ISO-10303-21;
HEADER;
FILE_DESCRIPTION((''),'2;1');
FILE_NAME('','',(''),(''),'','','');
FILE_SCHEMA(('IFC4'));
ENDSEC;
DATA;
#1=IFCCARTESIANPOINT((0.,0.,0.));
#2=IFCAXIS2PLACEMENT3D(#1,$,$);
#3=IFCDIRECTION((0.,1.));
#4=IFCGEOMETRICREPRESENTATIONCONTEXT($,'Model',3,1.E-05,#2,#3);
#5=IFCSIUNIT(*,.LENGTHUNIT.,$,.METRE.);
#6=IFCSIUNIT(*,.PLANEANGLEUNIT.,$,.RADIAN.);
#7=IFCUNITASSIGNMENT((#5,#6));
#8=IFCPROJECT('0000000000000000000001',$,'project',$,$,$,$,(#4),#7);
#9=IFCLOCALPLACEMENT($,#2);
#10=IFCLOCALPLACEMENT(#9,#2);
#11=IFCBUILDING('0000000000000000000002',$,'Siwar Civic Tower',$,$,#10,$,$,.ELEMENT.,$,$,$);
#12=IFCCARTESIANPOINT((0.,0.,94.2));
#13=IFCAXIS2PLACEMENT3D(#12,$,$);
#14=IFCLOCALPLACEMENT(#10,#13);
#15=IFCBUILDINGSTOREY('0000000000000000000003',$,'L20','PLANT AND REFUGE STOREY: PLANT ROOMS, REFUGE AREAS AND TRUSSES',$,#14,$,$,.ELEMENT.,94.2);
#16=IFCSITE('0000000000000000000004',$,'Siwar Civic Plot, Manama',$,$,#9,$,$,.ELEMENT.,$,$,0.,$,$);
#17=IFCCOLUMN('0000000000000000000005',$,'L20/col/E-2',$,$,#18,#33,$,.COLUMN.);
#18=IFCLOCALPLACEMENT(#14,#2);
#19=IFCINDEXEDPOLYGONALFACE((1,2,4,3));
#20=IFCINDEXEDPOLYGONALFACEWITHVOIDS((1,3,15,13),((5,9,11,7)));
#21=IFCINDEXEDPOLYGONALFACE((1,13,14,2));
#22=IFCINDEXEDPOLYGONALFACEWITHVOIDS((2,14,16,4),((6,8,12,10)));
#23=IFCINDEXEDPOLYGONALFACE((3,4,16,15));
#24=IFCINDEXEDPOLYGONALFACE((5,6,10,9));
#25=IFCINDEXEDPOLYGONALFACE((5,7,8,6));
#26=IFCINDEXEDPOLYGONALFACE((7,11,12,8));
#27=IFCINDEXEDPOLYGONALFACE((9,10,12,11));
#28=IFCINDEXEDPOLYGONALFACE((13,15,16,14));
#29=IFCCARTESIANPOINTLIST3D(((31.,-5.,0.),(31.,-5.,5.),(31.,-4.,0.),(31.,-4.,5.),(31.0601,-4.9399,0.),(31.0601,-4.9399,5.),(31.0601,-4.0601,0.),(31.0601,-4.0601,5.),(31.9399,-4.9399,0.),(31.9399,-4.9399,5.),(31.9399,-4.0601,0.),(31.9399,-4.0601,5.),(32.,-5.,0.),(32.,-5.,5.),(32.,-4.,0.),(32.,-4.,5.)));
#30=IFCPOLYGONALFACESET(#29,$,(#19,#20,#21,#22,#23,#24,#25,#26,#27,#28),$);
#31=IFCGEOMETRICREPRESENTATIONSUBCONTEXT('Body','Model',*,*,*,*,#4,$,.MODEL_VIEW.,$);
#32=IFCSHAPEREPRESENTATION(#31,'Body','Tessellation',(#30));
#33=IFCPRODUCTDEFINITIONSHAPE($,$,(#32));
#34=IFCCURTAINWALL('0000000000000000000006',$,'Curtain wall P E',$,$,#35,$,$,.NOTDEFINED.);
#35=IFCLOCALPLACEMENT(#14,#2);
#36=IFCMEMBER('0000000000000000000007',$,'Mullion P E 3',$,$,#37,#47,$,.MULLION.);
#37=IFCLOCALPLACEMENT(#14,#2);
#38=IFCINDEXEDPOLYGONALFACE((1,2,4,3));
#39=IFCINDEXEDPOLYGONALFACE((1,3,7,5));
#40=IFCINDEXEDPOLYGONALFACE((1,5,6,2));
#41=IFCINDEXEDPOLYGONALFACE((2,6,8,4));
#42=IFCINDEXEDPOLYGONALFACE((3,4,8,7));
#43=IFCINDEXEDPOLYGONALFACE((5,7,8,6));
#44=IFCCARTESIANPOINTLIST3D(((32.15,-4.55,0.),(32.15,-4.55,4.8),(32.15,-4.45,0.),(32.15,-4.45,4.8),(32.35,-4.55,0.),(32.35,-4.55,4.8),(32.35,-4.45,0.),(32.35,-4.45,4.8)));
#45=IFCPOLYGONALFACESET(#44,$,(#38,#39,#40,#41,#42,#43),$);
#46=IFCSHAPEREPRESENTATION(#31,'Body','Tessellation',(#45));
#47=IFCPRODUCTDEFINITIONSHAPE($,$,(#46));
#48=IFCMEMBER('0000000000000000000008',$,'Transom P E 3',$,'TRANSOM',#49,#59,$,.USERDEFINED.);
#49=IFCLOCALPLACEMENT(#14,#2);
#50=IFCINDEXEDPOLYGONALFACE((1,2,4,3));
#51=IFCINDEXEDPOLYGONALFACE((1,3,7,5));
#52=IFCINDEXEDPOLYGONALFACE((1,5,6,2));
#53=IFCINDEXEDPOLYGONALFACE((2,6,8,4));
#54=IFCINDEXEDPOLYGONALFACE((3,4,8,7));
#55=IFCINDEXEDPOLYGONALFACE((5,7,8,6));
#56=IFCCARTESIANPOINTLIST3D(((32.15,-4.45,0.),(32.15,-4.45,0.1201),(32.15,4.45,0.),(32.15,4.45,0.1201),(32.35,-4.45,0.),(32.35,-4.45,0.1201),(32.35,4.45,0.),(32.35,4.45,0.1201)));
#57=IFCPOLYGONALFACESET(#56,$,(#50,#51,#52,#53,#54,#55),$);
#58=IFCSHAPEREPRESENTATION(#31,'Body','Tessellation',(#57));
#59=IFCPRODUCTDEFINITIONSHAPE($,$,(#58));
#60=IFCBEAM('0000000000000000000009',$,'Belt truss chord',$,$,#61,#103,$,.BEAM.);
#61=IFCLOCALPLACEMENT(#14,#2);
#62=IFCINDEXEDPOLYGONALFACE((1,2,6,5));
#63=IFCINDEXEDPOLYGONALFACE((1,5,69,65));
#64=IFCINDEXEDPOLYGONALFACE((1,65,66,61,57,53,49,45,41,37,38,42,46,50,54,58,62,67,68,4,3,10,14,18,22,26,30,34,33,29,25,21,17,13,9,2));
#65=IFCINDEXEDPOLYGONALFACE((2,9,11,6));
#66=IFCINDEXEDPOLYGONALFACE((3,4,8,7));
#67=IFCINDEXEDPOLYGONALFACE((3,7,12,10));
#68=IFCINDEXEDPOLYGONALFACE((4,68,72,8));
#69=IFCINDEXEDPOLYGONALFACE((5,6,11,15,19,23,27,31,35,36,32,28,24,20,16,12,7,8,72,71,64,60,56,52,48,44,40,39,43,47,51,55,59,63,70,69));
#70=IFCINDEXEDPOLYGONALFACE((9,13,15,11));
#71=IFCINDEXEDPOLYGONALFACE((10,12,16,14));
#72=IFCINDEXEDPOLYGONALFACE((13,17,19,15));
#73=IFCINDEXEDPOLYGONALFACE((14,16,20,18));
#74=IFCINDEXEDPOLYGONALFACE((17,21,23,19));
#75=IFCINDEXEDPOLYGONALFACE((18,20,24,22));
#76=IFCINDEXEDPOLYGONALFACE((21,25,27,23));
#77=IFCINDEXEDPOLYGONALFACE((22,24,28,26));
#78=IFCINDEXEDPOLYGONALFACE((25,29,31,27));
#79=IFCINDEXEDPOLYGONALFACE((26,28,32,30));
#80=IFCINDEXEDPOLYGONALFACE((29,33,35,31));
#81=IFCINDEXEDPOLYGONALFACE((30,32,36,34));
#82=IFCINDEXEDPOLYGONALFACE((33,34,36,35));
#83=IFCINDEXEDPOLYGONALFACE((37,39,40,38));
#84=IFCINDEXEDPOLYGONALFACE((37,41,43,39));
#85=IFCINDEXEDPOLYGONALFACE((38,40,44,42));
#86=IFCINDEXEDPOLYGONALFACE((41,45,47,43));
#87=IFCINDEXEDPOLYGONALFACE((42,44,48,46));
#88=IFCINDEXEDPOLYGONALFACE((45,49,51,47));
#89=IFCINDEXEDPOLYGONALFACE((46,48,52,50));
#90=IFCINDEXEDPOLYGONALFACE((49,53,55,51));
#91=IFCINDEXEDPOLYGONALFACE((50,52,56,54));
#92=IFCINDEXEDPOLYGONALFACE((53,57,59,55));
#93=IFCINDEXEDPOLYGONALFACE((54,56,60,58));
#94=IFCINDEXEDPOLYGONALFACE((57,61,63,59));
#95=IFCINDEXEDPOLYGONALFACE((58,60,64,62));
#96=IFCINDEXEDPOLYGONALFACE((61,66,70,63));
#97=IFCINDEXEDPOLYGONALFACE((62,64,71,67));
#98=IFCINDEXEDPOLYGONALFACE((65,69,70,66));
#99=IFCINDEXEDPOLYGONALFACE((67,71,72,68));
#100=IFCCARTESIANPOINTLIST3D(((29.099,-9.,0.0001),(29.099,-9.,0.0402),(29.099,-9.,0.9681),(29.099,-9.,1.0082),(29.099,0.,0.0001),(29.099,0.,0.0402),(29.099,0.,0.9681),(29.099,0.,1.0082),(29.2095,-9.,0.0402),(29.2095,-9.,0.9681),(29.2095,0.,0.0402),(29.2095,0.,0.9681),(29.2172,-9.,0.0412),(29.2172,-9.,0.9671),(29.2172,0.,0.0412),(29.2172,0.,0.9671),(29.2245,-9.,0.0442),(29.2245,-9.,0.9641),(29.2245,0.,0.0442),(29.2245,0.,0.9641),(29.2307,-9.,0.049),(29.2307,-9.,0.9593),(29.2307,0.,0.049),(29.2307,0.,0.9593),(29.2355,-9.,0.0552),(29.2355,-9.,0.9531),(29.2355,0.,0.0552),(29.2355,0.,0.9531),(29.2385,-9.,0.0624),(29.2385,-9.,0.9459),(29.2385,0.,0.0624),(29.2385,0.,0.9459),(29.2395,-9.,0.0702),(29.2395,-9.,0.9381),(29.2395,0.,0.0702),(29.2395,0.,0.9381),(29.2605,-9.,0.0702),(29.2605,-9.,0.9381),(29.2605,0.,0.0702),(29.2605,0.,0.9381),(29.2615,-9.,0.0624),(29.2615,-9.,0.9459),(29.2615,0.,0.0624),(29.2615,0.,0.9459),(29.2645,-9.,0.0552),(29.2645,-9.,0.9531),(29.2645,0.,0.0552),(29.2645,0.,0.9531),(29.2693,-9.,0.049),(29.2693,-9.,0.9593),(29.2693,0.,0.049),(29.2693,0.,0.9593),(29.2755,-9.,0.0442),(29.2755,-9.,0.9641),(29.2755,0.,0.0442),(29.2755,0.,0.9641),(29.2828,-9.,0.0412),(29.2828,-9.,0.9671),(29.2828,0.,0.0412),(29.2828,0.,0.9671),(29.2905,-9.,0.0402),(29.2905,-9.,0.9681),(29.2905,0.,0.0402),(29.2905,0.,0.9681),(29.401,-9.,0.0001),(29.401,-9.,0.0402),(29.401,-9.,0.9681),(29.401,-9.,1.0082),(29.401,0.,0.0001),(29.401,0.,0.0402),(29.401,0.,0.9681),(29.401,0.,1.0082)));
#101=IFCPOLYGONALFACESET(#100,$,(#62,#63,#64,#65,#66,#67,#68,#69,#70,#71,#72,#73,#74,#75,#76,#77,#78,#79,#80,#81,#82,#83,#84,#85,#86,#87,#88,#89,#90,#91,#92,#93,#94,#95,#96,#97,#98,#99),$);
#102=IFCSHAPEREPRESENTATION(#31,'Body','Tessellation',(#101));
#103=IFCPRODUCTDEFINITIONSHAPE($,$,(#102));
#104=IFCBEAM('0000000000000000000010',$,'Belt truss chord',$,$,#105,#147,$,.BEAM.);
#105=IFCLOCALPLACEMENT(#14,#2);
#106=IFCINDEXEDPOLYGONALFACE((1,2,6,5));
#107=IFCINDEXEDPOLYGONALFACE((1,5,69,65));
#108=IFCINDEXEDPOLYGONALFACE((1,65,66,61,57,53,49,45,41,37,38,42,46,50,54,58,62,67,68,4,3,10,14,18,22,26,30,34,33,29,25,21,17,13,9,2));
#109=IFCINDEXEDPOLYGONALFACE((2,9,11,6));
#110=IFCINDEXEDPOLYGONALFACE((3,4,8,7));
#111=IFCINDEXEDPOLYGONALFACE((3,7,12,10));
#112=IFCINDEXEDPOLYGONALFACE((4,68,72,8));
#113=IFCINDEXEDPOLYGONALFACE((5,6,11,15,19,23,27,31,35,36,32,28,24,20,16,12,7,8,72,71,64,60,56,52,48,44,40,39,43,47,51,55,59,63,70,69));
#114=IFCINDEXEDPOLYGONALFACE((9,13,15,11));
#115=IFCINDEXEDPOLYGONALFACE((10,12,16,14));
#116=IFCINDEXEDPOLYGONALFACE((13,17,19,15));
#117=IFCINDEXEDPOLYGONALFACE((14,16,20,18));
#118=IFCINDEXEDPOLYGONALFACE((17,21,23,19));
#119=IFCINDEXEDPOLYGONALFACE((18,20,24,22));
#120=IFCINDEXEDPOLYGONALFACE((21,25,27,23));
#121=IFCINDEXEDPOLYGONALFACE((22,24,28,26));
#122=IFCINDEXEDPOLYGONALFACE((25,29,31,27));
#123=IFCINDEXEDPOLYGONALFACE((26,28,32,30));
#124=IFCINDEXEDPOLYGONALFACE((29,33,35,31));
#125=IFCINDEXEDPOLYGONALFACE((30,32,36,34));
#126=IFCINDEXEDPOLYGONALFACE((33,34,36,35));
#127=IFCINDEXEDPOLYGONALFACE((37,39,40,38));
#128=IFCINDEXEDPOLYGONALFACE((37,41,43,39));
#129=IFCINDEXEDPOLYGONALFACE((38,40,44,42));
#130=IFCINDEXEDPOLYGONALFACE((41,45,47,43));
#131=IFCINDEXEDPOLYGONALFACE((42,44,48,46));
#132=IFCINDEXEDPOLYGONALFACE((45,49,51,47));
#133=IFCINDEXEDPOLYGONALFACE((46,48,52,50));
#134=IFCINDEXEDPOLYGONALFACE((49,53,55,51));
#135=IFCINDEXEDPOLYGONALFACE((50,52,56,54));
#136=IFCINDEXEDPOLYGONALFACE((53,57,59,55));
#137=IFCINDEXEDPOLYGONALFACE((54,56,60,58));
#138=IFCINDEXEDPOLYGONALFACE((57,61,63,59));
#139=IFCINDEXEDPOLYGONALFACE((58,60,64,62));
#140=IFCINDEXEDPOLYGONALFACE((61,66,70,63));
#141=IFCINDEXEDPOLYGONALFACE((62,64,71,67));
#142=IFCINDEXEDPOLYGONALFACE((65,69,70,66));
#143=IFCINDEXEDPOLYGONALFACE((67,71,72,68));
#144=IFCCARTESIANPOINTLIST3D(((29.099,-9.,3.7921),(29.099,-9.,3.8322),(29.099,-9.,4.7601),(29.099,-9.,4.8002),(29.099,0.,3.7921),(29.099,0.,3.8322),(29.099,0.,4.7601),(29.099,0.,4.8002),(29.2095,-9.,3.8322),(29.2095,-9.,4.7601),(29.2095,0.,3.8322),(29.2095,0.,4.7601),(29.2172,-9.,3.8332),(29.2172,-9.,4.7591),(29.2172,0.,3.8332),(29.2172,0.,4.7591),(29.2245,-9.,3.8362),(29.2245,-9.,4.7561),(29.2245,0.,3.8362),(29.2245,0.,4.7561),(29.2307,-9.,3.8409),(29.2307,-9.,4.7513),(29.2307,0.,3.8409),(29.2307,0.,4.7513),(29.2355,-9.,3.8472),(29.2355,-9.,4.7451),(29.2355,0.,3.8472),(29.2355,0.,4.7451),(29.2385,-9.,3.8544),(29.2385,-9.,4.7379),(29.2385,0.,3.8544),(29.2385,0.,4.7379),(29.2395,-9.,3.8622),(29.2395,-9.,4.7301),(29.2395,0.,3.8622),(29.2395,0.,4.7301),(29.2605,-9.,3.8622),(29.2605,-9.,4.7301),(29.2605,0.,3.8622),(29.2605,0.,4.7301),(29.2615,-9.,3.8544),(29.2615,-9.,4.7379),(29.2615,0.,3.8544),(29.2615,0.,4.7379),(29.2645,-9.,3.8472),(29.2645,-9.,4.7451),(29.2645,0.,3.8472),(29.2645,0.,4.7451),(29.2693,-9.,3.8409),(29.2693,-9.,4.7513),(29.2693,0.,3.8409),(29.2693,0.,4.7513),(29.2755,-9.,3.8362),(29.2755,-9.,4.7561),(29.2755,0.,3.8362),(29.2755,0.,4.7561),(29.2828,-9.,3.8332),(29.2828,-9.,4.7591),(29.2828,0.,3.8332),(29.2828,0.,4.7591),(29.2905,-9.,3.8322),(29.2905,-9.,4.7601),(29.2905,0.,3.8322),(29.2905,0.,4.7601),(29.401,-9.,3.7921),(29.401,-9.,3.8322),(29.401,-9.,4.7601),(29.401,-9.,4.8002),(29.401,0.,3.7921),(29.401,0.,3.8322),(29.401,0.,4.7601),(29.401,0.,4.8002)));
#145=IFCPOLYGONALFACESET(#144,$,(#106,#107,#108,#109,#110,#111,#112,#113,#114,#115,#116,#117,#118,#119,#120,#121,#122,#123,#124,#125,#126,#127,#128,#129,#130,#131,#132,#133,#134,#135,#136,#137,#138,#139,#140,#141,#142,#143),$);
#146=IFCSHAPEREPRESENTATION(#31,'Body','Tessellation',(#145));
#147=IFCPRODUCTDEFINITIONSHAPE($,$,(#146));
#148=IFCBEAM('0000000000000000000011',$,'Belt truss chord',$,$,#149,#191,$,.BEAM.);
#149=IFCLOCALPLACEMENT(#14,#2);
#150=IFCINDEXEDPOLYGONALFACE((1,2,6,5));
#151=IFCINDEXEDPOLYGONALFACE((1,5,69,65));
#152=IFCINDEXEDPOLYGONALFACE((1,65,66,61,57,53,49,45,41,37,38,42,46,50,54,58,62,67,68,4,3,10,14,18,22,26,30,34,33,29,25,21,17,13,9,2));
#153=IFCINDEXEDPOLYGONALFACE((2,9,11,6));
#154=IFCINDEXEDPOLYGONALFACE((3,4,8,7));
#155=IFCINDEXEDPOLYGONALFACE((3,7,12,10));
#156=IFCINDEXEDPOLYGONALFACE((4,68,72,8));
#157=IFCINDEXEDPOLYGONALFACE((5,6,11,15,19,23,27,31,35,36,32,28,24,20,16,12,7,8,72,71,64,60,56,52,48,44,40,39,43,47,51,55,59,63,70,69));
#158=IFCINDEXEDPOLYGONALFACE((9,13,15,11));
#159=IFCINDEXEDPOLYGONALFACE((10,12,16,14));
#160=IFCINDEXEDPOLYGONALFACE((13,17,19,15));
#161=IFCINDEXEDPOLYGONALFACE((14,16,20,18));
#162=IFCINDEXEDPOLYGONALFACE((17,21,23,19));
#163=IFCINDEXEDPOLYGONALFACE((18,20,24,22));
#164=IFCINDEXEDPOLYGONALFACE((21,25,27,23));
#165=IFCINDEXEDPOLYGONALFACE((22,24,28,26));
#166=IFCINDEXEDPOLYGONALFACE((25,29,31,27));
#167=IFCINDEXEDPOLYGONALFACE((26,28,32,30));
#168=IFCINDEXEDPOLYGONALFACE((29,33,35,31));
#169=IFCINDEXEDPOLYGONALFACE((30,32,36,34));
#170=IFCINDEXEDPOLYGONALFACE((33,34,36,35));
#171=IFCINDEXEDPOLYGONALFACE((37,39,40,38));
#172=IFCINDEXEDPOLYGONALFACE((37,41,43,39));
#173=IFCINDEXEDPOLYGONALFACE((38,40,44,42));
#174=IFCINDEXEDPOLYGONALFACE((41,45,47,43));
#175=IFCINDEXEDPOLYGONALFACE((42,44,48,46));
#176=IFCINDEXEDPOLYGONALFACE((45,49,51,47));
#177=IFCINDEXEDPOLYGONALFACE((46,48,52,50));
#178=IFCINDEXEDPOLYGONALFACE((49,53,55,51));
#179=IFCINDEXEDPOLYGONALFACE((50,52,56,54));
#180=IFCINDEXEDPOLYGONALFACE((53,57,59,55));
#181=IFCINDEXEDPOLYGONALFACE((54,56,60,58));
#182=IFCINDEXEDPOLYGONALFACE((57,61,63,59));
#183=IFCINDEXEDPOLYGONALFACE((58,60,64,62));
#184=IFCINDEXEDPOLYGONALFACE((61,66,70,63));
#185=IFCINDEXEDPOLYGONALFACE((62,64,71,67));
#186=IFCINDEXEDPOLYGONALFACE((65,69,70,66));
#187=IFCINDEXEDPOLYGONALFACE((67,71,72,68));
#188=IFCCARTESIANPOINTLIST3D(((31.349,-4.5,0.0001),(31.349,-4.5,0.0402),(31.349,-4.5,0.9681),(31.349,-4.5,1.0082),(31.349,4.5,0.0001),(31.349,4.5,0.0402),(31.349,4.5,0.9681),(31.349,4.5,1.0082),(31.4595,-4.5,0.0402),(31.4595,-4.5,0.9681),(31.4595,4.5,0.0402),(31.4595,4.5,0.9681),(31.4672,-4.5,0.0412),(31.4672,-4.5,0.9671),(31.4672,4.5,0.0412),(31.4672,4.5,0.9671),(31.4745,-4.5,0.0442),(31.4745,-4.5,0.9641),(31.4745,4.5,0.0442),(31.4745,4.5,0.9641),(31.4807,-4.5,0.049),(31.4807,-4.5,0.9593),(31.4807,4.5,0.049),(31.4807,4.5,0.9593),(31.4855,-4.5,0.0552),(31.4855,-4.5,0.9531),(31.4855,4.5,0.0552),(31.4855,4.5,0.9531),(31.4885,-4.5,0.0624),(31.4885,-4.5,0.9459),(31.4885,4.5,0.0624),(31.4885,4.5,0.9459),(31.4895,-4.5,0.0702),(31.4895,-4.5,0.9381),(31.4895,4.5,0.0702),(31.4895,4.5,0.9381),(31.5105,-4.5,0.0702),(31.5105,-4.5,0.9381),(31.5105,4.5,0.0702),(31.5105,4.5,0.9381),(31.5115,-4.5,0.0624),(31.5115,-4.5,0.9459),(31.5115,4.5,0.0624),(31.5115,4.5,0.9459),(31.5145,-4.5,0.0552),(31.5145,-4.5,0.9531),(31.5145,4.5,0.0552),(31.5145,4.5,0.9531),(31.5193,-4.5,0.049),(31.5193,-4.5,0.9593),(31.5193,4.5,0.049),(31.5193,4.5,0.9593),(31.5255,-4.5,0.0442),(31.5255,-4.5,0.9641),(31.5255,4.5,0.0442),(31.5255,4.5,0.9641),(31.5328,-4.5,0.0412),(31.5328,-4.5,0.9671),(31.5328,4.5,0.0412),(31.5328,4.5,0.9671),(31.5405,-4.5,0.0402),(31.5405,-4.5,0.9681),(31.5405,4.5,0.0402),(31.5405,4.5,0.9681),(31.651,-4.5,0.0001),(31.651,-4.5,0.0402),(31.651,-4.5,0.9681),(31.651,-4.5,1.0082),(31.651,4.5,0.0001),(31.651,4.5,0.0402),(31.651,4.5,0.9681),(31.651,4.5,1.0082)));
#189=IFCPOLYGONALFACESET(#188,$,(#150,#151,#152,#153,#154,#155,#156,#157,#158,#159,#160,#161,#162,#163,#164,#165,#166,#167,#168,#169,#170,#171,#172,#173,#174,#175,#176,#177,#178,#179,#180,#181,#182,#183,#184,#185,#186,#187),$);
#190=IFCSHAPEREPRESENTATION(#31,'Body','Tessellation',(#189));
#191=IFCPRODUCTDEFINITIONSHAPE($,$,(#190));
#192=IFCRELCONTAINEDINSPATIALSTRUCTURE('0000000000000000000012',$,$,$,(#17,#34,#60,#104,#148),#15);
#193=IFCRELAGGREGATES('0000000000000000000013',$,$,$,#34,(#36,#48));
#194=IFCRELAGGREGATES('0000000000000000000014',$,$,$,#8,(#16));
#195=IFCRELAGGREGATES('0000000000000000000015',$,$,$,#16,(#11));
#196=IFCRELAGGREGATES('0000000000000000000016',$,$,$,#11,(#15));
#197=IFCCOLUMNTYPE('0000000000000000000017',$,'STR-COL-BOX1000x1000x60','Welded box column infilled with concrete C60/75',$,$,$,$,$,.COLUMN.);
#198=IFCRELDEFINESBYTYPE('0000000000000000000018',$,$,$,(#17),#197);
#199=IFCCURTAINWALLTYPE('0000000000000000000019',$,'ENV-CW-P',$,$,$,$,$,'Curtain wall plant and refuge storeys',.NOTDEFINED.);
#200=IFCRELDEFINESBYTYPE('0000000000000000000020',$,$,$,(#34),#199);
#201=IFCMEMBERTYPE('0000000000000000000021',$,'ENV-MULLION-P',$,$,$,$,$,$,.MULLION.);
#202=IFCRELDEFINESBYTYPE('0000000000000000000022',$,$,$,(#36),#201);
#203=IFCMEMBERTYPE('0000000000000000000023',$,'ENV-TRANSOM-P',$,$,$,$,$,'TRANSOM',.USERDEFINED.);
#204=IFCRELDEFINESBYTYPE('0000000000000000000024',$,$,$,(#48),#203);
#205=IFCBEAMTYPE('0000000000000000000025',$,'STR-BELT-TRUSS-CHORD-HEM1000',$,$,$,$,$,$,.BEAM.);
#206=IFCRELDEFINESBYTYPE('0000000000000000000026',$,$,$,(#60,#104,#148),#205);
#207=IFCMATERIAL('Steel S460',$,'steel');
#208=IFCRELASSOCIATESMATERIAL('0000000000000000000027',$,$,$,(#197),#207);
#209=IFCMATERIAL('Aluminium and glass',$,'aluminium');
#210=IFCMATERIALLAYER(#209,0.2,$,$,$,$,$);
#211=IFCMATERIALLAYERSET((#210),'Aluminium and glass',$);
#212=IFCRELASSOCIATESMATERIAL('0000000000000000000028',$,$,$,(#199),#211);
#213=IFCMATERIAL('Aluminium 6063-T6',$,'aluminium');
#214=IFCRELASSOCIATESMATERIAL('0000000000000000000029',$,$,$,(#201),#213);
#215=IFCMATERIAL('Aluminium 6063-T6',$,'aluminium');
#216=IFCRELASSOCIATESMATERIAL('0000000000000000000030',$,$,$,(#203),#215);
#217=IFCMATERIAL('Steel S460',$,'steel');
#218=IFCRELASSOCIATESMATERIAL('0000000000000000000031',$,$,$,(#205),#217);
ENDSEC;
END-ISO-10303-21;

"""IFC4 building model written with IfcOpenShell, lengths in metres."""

from ifc_helpers import new_model, si_unit, direction, frame, origin, origin_2d, place, context, subcontext, project, spatial, rectangle, hollow_rectangle, i_section, extrude, material, layer, layer_set, material_profile, profile_set, type_object, element, aggregate, save


model = new_model("IFC4")

# Units and contexts
model_context = context("Model", 3, precision=1e-05, world=origin(), true_north=direction((0.0, 1.0)))
body_context = subcontext(model_context, "Body", "Model", "MODEL_VIEW")
ifc_project = project(units=[si_unit("LENGTHUNIT", "METRE"), si_unit("PLANEANGLEUNIT", "RADIAN")], contexts=[model_context])

# Site, building, storey
site_placement = place(None, origin())
site = spatial("IfcSite", under=ifc_project, at=site_placement, Name="Siwar Civic Plot, Manama", CompositionType="ELEMENT", RefElevation=0.0)
building_placement = place(site_placement, origin())
building = spatial("IfcBuilding", under=site, at=building_placement, Name="Siwar Civic Tower", CompositionType="ELEMENT")
storey_placement = place(building_placement, frame((0.0, 0.0, 94.2)))
storey = spatial("IfcBuildingStorey", under=building, at=storey_placement, Name="L20", Description="PLANT AND REFUGE STOREY: PLANT ROOMS, REFUGE AREAS AND TRUSSES", CompositionType="ELEMENT", Elevation=94.2)

# Column
ifc_material_1 = material(Name="Steel S460", Category="steel")
ifc_material_profile_1 = material_profile(ifc_material_1, hollow_rectangle(XDim=1.0, YDim=1.0, WallThickness=0.0601, at=origin_2d()), Name="BOX1000x1000x60")
ifc_profile_set_1 = profile_set([ifc_material_profile_1], Name="Steel S460")
column_type = type_object("IfcColumnType", Name="STR-COL-BOX1000x1000x60", Description="Welded box column infilled with concrete C60/75", PredefinedType="COLUMN", material=ifc_profile_set_1)
column_placement = place(storey_placement, frame((31.5, -4.5, 0.0), z_axis=(0.0, 0.0, 1.0), x_axis=(1.0, 0.0, 0.0)))
element("IfcColumn", 1, at=column_placement, inside=storey, type_object=column_type, Name="L20/col/E-2", PredefinedType="COLUMN", context=body_context, shape_type="SweptSolid", body=[
    extrude(hollow_rectangle(XDim=1.0, YDim=1.0, WallThickness=0.0601, at=origin_2d()), origin(), (0.0, 0.0, 1.0), 5.0),
])

# Curtain wall, members
ifc_material_2 = material(Name="Aluminium and glass", Category="aluminium")
ifc_layer_1 = layer(ifc_material_2, 0.2)
ifc_layer_set_1 = layer_set([ifc_layer_1], Name="Aluminium and glass")
curtain_wall_type = type_object("IfcCurtainWallType", Name="ENV-CW-P", ElementType="Curtain wall plant and refuge storeys", PredefinedType="NOTDEFINED", material=ifc_layer_set_1)
curtain_wall_placement = place(storey_placement, origin())
curtain_wall = element("IfcCurtainWall", 2, at=curtain_wall_placement, inside=storey, type_object=curtain_wall_type, Name="Curtain wall P E", PredefinedType="NOTDEFINED")
ifc_material_3 = material(Name="Aluminium 6063-T6", Category="aluminium")
ifc_material_profile_2 = material_profile(ifc_material_3, rectangle(XDim=0.2, YDim=0.1001, at=origin_2d()), Name="AL 200x100")
ifc_profile_set_2 = profile_set([ifc_material_profile_2], Name="Aluminium 6063-T6")
member_type_1 = type_object("IfcMemberType", Name="ENV-MULLION-P", PredefinedType="MULLION", material=ifc_profile_set_2)
member_1_placement = place(storey_placement, frame((32.25, -4.5, 0.0), z_axis=(0.0, 0.0, 1.0), x_axis=(-1.0, 0.0, 0.0)))
member_1 = element("IfcMember", 3, at=member_1_placement, type_object=member_type_1, Name="Mullion P E 3", PredefinedType="MULLION", context=body_context, shape_type="SweptSolid", body=[
    extrude(rectangle(XDim=0.2, YDim=0.1001, at=origin_2d()), origin(), (0.0, 0.0, 1.0), 4.8),
])
ifc_material_4 = material(Name="Aluminium 6063-T6", Category="aluminium")
ifc_material_profile_3 = material_profile(ifc_material_4, rectangle(XDim=0.2, YDim=0.1201, at=origin_2d()), Name="AL 200x120")
ifc_profile_set_3 = profile_set([ifc_material_profile_3], Name="Aluminium 6063-T6")
member_type_2 = type_object("IfcMemberType", Name="ENV-TRANSOM-P", ElementType="TRANSOM", PredefinedType="USERDEFINED", material=ifc_profile_set_3)
member_2_placement = place(storey_placement, frame((32.25, -4.45, 0.0601), z_axis=(0.0, 1.0, 0.0), x_axis=(-1.0, 0.0, 0.0)))
member_2 = element("IfcMember", 4, at=member_2_placement, type_object=member_type_2, Name="Transom P E 3", ObjectType="TRANSOM", PredefinedType="USERDEFINED", context=body_context, shape_type="SweptSolid", body=[
    extrude(rectangle(XDim=0.2, YDim=0.1201, at=origin_2d()), origin(), (0.0, 0.0, 1.0), 8.8999),
])

# Beams
ifc_material_5 = material(Name="Steel S460", Category="steel")
ifc_material_profile_4 = material_profile(ifc_material_5, i_section(OverallWidth=0.302, OverallDepth=1.0081, WebThickness=0.021, FlangeThickness=0.04, FilletRadius=0.03, at=origin_2d()), Name="HEM1000")
ifc_profile_set_4 = profile_set([ifc_material_profile_4], Name="Steel S460")
beam_type_1 = type_object("IfcBeamType", Name="STR-BELT-TRUSS-CHORD-HEM1000", PredefinedType="BEAM", material=ifc_profile_set_4)
for number, where, z_axis, x_axis, name in (
    (5, (29.25, -9.0, 0.5042), (0.0, 1.0, 0.0), (-1.0, 0.0, 0.0), "Belt truss chord"),
    (6, (29.25, -9.0, 4.2961), (0.0, 1.0, 0.0), (-1.0, 0.0, 0.0), "Belt truss chord"),
    (7, (31.5, -4.5, 0.5042), (0.0, 1.0, 0.0), (-1.0, 0.0, 0.0), "Belt truss chord"),
):
    element("IfcBeam", number, at=place(storey_placement, frame(where, z_axis=z_axis, x_axis=x_axis)), inside=storey, type_object=beam_type_1, Name=name, PredefinedType="BEAM", context=body_context, shape_type="SweptSolid", body=[
        extrude(i_section(OverallWidth=0.302, OverallDepth=1.0081, WebThickness=0.021, FlangeThickness=0.04, FilletRadius=0.03, at=origin_2d()), origin(), (0.0, 0.0, 1.0), 9.0),
    ])

aggregate(curtain_wall, [member_1, member_2])

save(model, "model.ifc")
